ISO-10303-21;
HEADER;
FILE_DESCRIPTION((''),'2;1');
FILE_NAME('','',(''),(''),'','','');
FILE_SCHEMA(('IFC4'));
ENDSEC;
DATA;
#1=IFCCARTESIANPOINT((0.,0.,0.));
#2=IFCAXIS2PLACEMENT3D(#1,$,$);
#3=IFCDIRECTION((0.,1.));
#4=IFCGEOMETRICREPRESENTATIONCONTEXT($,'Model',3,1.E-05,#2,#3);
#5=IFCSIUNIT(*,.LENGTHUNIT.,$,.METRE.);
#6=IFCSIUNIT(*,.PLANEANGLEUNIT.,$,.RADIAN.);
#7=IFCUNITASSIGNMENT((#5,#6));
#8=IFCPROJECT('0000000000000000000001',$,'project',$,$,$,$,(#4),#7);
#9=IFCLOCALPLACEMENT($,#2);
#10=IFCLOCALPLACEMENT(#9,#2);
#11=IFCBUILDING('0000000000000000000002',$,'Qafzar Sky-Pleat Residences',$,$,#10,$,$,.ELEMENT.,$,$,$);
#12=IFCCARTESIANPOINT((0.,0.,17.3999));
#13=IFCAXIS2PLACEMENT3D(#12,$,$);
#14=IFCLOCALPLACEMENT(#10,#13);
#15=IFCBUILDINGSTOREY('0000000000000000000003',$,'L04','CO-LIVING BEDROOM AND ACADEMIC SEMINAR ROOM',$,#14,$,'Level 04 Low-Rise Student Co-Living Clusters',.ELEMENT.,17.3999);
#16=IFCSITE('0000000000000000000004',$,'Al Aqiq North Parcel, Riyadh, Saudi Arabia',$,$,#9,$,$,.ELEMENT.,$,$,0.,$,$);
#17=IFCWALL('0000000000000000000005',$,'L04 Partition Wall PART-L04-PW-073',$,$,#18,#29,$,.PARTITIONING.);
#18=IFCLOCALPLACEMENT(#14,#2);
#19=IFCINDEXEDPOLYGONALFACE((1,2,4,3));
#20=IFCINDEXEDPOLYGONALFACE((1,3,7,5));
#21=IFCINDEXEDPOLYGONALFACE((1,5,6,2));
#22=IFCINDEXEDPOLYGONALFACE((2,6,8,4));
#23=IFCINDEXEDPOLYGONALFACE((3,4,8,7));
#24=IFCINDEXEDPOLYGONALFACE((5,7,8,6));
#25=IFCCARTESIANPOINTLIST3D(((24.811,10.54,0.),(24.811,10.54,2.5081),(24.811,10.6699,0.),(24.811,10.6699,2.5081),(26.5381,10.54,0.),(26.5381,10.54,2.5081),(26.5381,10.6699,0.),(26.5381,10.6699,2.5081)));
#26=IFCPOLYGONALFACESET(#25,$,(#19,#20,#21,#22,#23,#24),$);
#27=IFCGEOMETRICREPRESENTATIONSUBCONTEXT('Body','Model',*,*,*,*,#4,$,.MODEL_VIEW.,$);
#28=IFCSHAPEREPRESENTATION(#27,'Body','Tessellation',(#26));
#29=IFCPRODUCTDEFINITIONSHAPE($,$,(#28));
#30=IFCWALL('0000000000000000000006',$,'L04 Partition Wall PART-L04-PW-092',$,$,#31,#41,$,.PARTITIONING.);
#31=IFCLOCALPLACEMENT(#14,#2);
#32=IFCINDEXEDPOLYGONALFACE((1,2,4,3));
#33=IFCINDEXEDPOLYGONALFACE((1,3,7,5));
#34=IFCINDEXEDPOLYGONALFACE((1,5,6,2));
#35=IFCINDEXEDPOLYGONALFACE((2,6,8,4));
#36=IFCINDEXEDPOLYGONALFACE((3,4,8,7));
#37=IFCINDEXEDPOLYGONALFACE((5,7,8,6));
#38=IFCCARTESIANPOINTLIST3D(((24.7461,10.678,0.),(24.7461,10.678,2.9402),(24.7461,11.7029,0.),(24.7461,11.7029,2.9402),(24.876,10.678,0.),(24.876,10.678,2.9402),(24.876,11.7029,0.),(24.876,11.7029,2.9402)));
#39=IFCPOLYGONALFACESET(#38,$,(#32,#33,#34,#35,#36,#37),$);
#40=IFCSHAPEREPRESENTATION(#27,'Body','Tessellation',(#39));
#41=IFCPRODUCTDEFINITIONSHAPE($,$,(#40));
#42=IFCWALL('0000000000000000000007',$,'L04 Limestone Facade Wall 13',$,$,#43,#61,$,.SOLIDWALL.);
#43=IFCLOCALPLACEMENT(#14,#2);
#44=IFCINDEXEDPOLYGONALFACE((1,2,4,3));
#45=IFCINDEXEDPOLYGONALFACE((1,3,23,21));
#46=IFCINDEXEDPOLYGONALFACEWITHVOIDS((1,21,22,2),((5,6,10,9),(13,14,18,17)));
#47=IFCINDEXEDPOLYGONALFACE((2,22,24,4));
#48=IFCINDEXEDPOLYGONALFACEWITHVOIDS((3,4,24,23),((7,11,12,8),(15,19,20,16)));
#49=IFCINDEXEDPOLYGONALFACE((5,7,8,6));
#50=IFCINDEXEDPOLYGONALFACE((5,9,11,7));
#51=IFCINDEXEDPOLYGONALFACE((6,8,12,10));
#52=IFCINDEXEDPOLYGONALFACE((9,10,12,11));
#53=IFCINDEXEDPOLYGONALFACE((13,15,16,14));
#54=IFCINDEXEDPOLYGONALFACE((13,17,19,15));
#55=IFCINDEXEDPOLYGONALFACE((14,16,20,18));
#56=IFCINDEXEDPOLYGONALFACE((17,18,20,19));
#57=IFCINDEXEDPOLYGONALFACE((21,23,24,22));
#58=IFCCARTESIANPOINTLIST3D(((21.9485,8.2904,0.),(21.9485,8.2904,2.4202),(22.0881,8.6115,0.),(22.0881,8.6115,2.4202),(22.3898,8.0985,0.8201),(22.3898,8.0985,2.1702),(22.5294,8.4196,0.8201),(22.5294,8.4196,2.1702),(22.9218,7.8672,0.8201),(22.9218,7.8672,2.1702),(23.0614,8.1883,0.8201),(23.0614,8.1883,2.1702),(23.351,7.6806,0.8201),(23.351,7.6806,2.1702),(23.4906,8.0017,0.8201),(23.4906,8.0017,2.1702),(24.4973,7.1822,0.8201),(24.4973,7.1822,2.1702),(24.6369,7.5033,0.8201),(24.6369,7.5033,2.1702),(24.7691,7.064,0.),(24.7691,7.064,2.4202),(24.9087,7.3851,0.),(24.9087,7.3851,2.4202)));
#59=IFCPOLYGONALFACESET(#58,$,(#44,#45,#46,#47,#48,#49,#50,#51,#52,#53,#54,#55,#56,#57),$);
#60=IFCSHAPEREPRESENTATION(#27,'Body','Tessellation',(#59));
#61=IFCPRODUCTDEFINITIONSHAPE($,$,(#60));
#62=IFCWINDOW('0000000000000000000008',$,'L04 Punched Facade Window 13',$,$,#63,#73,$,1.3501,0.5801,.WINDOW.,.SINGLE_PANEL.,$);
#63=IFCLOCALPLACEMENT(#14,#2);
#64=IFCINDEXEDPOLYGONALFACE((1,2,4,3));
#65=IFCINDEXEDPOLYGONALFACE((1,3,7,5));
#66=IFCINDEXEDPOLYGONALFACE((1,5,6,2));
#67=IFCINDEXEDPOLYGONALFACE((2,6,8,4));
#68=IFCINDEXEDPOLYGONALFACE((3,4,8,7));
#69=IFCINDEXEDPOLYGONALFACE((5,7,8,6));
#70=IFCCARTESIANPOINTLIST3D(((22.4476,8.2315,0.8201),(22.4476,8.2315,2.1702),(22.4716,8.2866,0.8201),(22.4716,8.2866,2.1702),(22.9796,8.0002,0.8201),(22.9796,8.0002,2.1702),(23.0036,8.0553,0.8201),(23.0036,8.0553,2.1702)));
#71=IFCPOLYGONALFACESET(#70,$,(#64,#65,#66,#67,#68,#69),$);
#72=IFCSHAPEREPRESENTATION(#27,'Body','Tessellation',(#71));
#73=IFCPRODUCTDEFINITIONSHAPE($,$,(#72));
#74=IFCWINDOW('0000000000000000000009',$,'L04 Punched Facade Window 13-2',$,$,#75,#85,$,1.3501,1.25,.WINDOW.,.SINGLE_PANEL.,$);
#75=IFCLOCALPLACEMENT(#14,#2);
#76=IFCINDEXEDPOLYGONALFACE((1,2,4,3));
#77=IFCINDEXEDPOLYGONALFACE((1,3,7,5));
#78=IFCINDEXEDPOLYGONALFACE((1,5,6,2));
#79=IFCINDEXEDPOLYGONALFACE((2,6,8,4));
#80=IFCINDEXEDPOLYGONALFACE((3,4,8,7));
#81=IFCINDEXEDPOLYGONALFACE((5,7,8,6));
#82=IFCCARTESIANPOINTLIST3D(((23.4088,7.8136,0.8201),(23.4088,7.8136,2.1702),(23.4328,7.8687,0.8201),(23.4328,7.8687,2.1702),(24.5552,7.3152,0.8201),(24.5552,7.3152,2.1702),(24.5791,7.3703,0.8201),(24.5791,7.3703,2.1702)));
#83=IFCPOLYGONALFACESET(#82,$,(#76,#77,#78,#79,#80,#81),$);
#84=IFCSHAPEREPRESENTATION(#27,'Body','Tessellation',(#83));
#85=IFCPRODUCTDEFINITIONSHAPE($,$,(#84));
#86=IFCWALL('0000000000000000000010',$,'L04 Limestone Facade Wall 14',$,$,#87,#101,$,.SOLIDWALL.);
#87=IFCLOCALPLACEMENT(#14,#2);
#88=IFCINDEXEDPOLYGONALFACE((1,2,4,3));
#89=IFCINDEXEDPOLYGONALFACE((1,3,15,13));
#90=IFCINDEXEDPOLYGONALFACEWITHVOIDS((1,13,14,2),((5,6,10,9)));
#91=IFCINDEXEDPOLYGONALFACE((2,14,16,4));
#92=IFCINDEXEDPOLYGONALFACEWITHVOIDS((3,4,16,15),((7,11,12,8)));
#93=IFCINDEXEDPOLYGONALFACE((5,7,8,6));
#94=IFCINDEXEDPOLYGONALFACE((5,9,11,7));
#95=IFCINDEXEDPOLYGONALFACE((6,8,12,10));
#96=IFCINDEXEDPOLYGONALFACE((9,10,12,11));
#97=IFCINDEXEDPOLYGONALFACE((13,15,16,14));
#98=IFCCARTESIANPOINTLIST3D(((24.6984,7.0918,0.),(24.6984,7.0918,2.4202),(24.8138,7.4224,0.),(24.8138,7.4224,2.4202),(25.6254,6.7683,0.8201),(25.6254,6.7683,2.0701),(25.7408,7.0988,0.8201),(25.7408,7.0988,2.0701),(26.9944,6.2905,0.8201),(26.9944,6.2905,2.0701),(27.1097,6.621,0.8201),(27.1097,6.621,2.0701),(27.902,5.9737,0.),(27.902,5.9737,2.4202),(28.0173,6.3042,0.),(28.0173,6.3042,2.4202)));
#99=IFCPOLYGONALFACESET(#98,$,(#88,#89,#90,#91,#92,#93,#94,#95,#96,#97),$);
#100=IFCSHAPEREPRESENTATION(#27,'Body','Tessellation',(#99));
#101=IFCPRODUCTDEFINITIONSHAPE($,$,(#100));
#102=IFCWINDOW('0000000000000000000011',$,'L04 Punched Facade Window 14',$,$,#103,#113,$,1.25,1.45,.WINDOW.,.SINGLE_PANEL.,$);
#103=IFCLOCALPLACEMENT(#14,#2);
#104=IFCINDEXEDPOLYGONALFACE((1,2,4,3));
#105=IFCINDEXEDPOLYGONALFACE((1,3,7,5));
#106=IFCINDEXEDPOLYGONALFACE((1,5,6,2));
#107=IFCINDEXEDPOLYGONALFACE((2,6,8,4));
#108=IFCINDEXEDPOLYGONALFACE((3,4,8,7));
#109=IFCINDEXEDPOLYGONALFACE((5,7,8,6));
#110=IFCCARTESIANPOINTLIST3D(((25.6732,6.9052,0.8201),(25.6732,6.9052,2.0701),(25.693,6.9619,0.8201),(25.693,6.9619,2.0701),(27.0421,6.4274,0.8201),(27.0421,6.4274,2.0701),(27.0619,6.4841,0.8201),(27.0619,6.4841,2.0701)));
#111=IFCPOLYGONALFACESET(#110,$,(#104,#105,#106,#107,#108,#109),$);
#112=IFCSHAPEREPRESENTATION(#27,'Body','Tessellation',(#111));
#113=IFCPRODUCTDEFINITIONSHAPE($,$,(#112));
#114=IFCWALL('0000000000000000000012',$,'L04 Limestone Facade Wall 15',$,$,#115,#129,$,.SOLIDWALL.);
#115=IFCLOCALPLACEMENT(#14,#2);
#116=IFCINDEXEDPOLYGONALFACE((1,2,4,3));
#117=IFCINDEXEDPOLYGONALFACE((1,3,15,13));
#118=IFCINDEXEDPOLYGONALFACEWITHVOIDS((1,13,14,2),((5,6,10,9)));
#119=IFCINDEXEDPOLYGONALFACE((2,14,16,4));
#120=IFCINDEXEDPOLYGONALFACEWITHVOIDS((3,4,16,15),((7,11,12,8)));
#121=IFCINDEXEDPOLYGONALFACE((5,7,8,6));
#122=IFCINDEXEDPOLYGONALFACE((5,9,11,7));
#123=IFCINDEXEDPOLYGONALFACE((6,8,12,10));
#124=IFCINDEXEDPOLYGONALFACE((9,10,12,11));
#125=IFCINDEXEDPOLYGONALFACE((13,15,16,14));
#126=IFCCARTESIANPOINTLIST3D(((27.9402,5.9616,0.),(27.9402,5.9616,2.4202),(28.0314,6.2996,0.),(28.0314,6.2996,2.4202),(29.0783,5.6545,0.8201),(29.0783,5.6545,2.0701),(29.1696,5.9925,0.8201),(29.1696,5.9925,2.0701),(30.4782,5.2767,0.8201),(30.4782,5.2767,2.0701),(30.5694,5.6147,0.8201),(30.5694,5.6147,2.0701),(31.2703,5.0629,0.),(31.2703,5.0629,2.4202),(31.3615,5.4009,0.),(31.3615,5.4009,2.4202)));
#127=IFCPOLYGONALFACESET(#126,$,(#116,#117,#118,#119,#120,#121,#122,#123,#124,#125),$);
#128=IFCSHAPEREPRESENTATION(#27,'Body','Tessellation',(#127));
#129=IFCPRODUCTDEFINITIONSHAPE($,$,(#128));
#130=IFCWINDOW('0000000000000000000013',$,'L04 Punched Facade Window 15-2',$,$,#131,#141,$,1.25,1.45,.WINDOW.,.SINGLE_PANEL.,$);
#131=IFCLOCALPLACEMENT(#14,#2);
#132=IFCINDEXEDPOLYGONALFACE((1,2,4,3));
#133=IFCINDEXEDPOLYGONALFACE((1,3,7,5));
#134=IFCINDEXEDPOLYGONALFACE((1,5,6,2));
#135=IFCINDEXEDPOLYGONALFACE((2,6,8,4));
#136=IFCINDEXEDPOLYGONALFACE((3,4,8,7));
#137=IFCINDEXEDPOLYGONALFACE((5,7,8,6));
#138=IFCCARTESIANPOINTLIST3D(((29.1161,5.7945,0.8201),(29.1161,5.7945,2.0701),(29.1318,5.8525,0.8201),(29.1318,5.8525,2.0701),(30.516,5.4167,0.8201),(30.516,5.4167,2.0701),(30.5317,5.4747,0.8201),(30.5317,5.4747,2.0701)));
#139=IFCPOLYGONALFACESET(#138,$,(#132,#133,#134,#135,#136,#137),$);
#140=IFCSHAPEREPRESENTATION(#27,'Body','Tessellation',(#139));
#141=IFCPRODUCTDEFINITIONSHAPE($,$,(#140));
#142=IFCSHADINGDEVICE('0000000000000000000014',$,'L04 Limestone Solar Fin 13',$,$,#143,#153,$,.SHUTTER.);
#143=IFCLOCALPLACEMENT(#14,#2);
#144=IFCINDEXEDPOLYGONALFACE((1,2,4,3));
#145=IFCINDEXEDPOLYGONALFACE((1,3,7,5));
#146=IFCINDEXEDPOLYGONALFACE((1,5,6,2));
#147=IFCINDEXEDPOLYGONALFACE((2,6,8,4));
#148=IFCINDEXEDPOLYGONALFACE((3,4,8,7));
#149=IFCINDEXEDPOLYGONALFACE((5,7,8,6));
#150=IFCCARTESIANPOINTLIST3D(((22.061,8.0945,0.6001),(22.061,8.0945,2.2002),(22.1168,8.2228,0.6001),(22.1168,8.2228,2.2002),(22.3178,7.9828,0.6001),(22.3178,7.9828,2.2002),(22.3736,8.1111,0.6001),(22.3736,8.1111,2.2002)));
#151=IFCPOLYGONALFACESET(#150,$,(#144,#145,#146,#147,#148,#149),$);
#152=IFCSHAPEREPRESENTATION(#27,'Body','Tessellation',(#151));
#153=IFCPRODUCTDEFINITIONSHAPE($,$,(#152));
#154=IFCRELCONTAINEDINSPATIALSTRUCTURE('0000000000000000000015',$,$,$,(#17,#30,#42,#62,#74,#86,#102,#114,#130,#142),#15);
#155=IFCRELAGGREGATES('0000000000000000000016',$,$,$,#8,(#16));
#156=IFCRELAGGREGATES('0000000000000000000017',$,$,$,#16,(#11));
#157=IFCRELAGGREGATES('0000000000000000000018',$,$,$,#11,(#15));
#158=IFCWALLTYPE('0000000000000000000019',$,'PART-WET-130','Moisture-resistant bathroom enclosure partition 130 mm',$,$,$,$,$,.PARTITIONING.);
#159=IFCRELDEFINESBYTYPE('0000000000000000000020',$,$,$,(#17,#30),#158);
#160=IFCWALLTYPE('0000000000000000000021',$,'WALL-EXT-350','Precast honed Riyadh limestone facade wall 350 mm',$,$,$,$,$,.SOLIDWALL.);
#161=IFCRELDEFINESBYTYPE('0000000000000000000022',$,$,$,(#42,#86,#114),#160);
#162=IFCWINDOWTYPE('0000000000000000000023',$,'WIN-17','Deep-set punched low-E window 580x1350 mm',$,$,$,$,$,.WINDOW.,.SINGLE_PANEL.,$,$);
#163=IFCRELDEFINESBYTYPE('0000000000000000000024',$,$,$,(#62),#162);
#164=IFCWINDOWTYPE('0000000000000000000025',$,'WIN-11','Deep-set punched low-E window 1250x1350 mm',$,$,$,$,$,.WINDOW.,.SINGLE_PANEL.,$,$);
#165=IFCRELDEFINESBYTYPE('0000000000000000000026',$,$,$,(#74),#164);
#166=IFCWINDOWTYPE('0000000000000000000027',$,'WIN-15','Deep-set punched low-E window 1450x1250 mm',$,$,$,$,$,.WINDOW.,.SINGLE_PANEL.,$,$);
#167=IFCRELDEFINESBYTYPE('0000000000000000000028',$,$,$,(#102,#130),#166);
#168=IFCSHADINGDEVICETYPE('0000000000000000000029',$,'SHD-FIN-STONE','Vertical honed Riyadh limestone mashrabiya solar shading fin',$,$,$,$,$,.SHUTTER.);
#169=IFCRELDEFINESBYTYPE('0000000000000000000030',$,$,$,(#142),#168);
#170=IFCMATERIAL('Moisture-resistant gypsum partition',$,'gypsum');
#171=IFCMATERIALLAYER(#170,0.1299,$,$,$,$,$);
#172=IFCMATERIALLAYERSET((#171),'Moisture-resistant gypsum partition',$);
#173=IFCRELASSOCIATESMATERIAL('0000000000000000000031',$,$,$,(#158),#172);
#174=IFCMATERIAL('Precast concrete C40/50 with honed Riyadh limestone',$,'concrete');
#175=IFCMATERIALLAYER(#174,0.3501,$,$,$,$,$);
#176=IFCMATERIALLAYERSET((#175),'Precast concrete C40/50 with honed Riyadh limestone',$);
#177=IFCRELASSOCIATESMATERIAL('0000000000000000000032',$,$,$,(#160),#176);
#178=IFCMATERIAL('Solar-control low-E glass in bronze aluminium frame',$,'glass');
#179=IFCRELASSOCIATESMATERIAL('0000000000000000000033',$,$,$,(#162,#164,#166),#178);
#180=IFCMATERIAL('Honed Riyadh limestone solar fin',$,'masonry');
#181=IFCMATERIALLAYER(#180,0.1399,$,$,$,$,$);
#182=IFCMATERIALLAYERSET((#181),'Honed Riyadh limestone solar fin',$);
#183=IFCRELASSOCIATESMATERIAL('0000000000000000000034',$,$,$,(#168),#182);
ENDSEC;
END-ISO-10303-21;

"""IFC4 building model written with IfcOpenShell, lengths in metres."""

from ifc_helpers import new_model, si_unit, direction, frame, frame_2d, origin, origin_2d, place, context, subcontext, project, spatial, rectangle, extrude, source, transform, mapped, material, layer, layer_set, type_object, element, fill, save


model = new_model("IFC4")

# Units and contexts
model_context = context("Model", 3, precision=1e-05, world=origin(), true_north=direction((0.0, 1.0)))
body_context = subcontext(model_context, "Body", "Model", "MODEL_VIEW")
ifc_project = project(units=[si_unit("LENGTHUNIT", "METRE"), si_unit("PLANEANGLEUNIT", "RADIAN")], contexts=[model_context])

# Site, building, storey
site_placement = place(None, origin())
site = spatial("IfcSite", under=ifc_project, at=site_placement, Name="Al Aqiq North Parcel, Riyadh, Saudi Arabia", CompositionType="ELEMENT", RefElevation=0.0)
building_placement = place(site_placement, origin())
building = spatial("IfcBuilding", under=site, at=building_placement, Name="Qafzar Sky-Pleat Residences", CompositionType="ELEMENT")
storey_placement = place(building_placement, frame((0.0, 0.0, 17.3999)))
storey = spatial("IfcBuildingStorey", under=building, at=storey_placement, Name="L04", Description="CO-LIVING BEDROOM AND ACADEMIC SEMINAR ROOM", LongName="Level 04 Low-Rise Student Co-Living Clusters", CompositionType="ELEMENT", Elevation=17.3999)

# Shared definitions
ifc_material_1 = material(Name="Moisture-resistant gypsum partition", Category="gypsum")
ifc_layer_1 = layer(ifc_material_1, 0.1299)
ifc_layer_set_1 = layer_set([ifc_layer_1], Name="Moisture-resistant gypsum partition")
wall_type_1 = type_object("IfcWallType", Name="PART-WET-130", Description="Moisture-resistant bathroom enclosure partition 130 mm", PredefinedType="PARTITIONING", material=ifc_layer_set_1)

# Walls
wall_1_placement = place(storey_placement, frame((24.811, 10.605, 0.0), z_axis=(0.0, 0.0, 1.0), x_axis=(1.0, 0.0, 0.0)))
element("IfcWall", 1, at=wall_1_placement, inside=storey, type_object=wall_type_1, Name="L04 Partition Wall PART-L04-PW-073", PredefinedType="PARTITIONING", context=body_context, shape_type="SweptSolid", body=[
    extrude(rectangle(XDim=1.7271, YDim=0.1299, at=frame_2d((0.8635, 0.0))), origin(), (0.0, 0.0, 1.0), 2.5081),
])
wall_2_placement = place(storey_placement, frame((24.811, 10.678, 0.0), z_axis=(0.0, 0.0, 1.0), x_axis=(0.0, 1.0, 0.0)))
element("IfcWall", 2, at=wall_2_placement, inside=storey, type_object=wall_type_1, Name="L04 Partition Wall PART-L04-PW-092", PredefinedType="PARTITIONING", context=body_context, shape_type="SweptSolid", body=[
    extrude(rectangle(XDim=1.0249, YDim=0.1299, at=frame_2d((0.5125, 0.0))), origin(), (0.0, 0.0, 1.0), 2.9402),
])

# Wall, openings, windows
ifc_material_2 = material(Name="Precast concrete C40/50 with honed Riyadh limestone", Category="concrete")
ifc_layer_2 = layer(ifc_material_2, 0.3501)
ifc_layer_set_2 = layer_set([ifc_layer_2], Name="Precast concrete C40/50 with honed Riyadh limestone")
wall_type_2 = type_object("IfcWallType", Name="WALL-EXT-350", Description="Precast honed Riyadh limestone facade wall 350 mm", PredefinedType="SOLIDWALL", material=ifc_layer_set_2)
wall_3_placement = place(storey_placement, frame((22.0183, 8.4509, 0.0), z_axis=(0.0, 0.0, 1.0), x_axis=(0.917071, -0.398723, 0.0)))
wall_3 = element("IfcWall", 3, at=wall_3_placement, inside=storey, type_object=wall_type_2, Name="L04 Limestone Facade Wall 13", PredefinedType="SOLIDWALL", context=body_context, shape_type="SweptSolid", body=[
    extrude(rectangle(XDim=3.0757, YDim=0.3501, at=frame_2d((1.5378, 0.0))), origin(), (0.0, 0.0, 1.0), 2.4202),
])
opening_1_placement = place(wall_3_placement, frame((0.4812, 0.0, 0.8201)))
opening_1 = element("IfcOpeningElement", 4, at=opening_1_placement, cuts=wall_3, PredefinedType="OPENING", context=body_context, shape_type="SweptSolid", body=[
    extrude(rectangle(XDim=0.5801, YDim=1.3501, at=frame_2d((0.29, 0.675))), frame((0.0, 0.1851, 0.0), z_axis=(0.0, -1.0, 0.0), x_axis=(1.0, 0.0, 0.0)), (0.0, 0.0, 1.0), 0.3701),
])
opening_2_placement = place(wall_3_placement, frame((1.5293, 0.0, 0.8201)))
opening_2 = element("IfcOpeningElement", 5, at=opening_2_placement, cuts=wall_3, PredefinedType="OPENING", context=body_context, shape_type="SweptSolid", body=[
    extrude(rectangle(XDim=1.25, YDim=1.3501, at=frame_2d((0.625, 0.675))), frame((0.0, 0.1851, 0.0), z_axis=(0.0, -1.0, 0.0), x_axis=(1.0, 0.0, 0.0)), (0.0, 0.0, 1.0), 0.3701),
])
ifc_material_3 = material(Name="Solar-control low-E glass in bronze aluminium frame", Category="glass")
window_type_1 = type_object("IfcWindowType", Name="WIN-17", Description="Deep-set punched low-E window 580x1350 mm", PartitioningType="SINGLE_PANEL", PredefinedType="WINDOW", material=ifc_material_3)
shared_shape_1 = source(origin(), body_context, "Body", "SweptSolid", [
    extrude(rectangle(XDim=0.5801, YDim=1.3501, at=frame_2d((0.29, 0.675))), frame((0.0, 0.03, 0.0), z_axis=(0.0, -1.0, 0.0), x_axis=(1.0, 0.0, 0.0)), (0.0, 0.0, 1.0), 0.0601),
])
window_1_placement = place(opening_1_placement, origin())
window_1 = element("IfcWindow", 6, at=window_1_placement, inside=storey, type_object=window_type_1, Name="L04 Punched Facade Window 13", OverallHeight=1.3501, OverallWidth=0.5801, PartitioningType="SINGLE_PANEL", PredefinedType="WINDOW", context=body_context, shape_type="MappedRepresentation", body=[
    mapped(shared_shape_1, transform((0.0, 0.0, 0.0), x_axis=(1.0, 0.0, 0.0), y_axis=(0.0, 1.0, 0.0), z_axis=(0.0, 0.0, 1.0), scale=1.0)),
])
fill(opening_1, window_1)
window_type_2 = type_object("IfcWindowType", Name="WIN-11", Description="Deep-set punched low-E window 1250x1350 mm", PartitioningType="SINGLE_PANEL", PredefinedType="WINDOW", material=ifc_material_3)
shared_shape_2 = source(origin(), body_context, "Body", "SweptSolid", [
    extrude(rectangle(XDim=1.25, YDim=1.3501, at=frame_2d((0.625, 0.675))), frame((0.0, 0.03, 0.0), z_axis=(0.0, -1.0, 0.0), x_axis=(1.0, 0.0, 0.0)), (0.0, 0.0, 1.0), 0.0601),
])
window_2_placement = place(opening_2_placement, origin())
window_2 = element("IfcWindow", 7, at=window_2_placement, inside=storey, type_object=window_type_2, Name="L04 Punched Facade Window 13-2", OverallHeight=1.3501, OverallWidth=1.25, PartitioningType="SINGLE_PANEL", PredefinedType="WINDOW", context=body_context, shape_type="MappedRepresentation", body=[
    mapped(shared_shape_2, transform((0.0, 0.0, 0.0), x_axis=(1.0, 0.0, 0.0), y_axis=(0.0, 1.0, 0.0), z_axis=(0.0, 0.0, 1.0), scale=1.0)),
])
fill(opening_2, window_2)

# Walls, openings, windows
wall_4_placement = place(storey_placement, frame((24.7561, 7.2571, 0.0), z_axis=(0.0, 0.0, 1.0), x_axis=(0.944143, -0.329536, 0.0)))
wall_4 = element("IfcWall", 8, at=wall_4_placement, inside=storey, type_object=wall_type_2, Name="L04 Limestone Facade Wall 14", PredefinedType="SOLIDWALL", context=body_context, shape_type="SweptSolid", body=[
    extrude(rectangle(XDim=3.3931, YDim=0.3501, at=frame_2d((1.6965, 0.0))), origin(), (0.0, 0.0, 1.0), 2.4202),
])
opening_3_placement = place(wall_4_placement, frame((0.9817, 0.0, 0.8201)))
opening_3 = element("IfcOpeningElement", 9, at=opening_3_placement, cuts=wall_4, PredefinedType="OPENING", context=body_context, shape_type="SweptSolid", body=[
    extrude(rectangle(XDim=1.45, YDim=1.25, at=frame_2d((0.7251, 0.625))), frame((0.0, 0.1851, 0.0), z_axis=(0.0, -1.0, 0.0), x_axis=(1.0, 0.0, 0.0)), (0.0, 0.0, 1.0), 0.3701),
])
window_type_3 = type_object("IfcWindowType", Name="WIN-15", Description="Deep-set punched low-E window 1450x1250 mm", PartitioningType="SINGLE_PANEL", PredefinedType="WINDOW", material=ifc_material_3)
shared_shape_3 = source(origin(), body_context, "Body", "SweptSolid", [
    extrude(rectangle(XDim=1.45, YDim=1.25, at=frame_2d((0.7251, 0.625))), frame((0.0, 0.03, 0.0), z_axis=(0.0, -1.0, 0.0), x_axis=(1.0, 0.0, 0.0)), (0.0, 0.0, 1.0), 0.0601),
])
window_3_placement = place(opening_3_placement, origin())
window_3 = element("IfcWindow", 10, at=window_3_placement, inside=storey, type_object=window_type_3, Name="L04 Punched Facade Window 14", OverallHeight=1.25, OverallWidth=1.45, PartitioningType="SINGLE_PANEL", PredefinedType="WINDOW", context=body_context, shape_type="MappedRepresentation", body=[
    mapped(shared_shape_3, transform((0.0, 0.0, 0.0), x_axis=(1.0, 0.0, 0.0), y_axis=(0.0, 1.0, 0.0), z_axis=(0.0, 0.0, 1.0), scale=1.0)),
])
fill(opening_3, window_3)
wall_5_placement = place(storey_placement, frame((27.9858, 6.1306, 0.0), z_axis=(0.0, 0.0, 1.0), x_axis=(0.965461, -0.260547, 0.0)))
wall_5 = element("IfcWall", 11, at=wall_5_placement, inside=storey, type_object=wall_type_2, Name="L04 Limestone Facade Wall 15", PredefinedType="SOLIDWALL", context=body_context, shape_type="SweptSolid", body=[
    extrude(rectangle(XDim=3.4492, YDim=0.3501, at=frame_2d((1.7246, 0.0))), origin(), (0.0, 0.0, 1.0), 2.4202),
])
opening_4_placement = place(wall_5_placement, frame((1.1787, 0.0, 0.8201)))
opening_4 = element("IfcOpeningElement", 12, at=opening_4_placement, cuts=wall_5, PredefinedType="OPENING", context=body_context, shape_type="SweptSolid", body=[
    extrude(rectangle(XDim=1.45, YDim=1.25, at=frame_2d((0.7251, 0.625))), frame((0.0, 0.1851, 0.0), z_axis=(0.0, -1.0, 0.0), x_axis=(1.0, 0.0, 0.0)), (0.0, 0.0, 1.0), 0.3701),
])
window_4_placement = place(opening_4_placement, origin())
window_4 = element("IfcWindow", 13, at=window_4_placement, inside=storey, type_object=window_type_3, Name="L04 Punched Facade Window 15-2", OverallHeight=1.25, OverallWidth=1.45, PartitioningType="SINGLE_PANEL", PredefinedType="WINDOW", context=body_context, shape_type="MappedRepresentation", body=[
    mapped(shared_shape_3, transform((0.0, 0.0, 0.0), x_axis=(1.0, 0.0, 0.0), y_axis=(0.0, 1.0, 0.0), z_axis=(0.0, 0.0, 1.0), scale=1.0)),
])
fill(opening_4, window_4)

# Shading device
ifc_material_4 = material(Name="Honed Riyadh limestone solar fin", Category="masonry")
ifc_layer_3 = layer(ifc_material_4, 0.1399)
ifc_layer_set_3 = layer_set([ifc_layer_3], Name="Honed Riyadh limestone solar fin")
shading_device_type = type_object("IfcShadingDeviceType", Name="SHD-FIN-STONE", Description="Vertical honed Riyadh limestone mashrabiya solar shading fin", PredefinedType="SHUTTER", material=ifc_layer_set_3)
shared_shape_4 = source(origin(), body_context, "Body", "SweptSolid", [
    extrude(rectangle(XDim=0.1399, YDim=0.28, at=origin_2d()), origin(), (0.0, 0.0, 1.0), 1.6001),
])
shading_device_placement = place(storey_placement, frame((22.2173, 8.1028, 0.6001), z_axis=(0.0, 0.0, 1.0), x_axis=(-0.39868, -0.91709, 0.0)))
element("IfcShadingDevice", 14, at=shading_device_placement, inside=storey, type_object=shading_device_type, Name="L04 Limestone Solar Fin 13", PredefinedType="SHUTTER", context=body_context, shape_type="MappedRepresentation", body=[
    mapped(shared_shape_4, transform((0.0, 0.0, 0.0), x_axis=(1.0, 0.0, 0.0), y_axis=(0.0, 1.0, 0.0), z_axis=(0.0, 0.0, 1.0), scale=1.0)),
])

save(model, "model.ifc")
